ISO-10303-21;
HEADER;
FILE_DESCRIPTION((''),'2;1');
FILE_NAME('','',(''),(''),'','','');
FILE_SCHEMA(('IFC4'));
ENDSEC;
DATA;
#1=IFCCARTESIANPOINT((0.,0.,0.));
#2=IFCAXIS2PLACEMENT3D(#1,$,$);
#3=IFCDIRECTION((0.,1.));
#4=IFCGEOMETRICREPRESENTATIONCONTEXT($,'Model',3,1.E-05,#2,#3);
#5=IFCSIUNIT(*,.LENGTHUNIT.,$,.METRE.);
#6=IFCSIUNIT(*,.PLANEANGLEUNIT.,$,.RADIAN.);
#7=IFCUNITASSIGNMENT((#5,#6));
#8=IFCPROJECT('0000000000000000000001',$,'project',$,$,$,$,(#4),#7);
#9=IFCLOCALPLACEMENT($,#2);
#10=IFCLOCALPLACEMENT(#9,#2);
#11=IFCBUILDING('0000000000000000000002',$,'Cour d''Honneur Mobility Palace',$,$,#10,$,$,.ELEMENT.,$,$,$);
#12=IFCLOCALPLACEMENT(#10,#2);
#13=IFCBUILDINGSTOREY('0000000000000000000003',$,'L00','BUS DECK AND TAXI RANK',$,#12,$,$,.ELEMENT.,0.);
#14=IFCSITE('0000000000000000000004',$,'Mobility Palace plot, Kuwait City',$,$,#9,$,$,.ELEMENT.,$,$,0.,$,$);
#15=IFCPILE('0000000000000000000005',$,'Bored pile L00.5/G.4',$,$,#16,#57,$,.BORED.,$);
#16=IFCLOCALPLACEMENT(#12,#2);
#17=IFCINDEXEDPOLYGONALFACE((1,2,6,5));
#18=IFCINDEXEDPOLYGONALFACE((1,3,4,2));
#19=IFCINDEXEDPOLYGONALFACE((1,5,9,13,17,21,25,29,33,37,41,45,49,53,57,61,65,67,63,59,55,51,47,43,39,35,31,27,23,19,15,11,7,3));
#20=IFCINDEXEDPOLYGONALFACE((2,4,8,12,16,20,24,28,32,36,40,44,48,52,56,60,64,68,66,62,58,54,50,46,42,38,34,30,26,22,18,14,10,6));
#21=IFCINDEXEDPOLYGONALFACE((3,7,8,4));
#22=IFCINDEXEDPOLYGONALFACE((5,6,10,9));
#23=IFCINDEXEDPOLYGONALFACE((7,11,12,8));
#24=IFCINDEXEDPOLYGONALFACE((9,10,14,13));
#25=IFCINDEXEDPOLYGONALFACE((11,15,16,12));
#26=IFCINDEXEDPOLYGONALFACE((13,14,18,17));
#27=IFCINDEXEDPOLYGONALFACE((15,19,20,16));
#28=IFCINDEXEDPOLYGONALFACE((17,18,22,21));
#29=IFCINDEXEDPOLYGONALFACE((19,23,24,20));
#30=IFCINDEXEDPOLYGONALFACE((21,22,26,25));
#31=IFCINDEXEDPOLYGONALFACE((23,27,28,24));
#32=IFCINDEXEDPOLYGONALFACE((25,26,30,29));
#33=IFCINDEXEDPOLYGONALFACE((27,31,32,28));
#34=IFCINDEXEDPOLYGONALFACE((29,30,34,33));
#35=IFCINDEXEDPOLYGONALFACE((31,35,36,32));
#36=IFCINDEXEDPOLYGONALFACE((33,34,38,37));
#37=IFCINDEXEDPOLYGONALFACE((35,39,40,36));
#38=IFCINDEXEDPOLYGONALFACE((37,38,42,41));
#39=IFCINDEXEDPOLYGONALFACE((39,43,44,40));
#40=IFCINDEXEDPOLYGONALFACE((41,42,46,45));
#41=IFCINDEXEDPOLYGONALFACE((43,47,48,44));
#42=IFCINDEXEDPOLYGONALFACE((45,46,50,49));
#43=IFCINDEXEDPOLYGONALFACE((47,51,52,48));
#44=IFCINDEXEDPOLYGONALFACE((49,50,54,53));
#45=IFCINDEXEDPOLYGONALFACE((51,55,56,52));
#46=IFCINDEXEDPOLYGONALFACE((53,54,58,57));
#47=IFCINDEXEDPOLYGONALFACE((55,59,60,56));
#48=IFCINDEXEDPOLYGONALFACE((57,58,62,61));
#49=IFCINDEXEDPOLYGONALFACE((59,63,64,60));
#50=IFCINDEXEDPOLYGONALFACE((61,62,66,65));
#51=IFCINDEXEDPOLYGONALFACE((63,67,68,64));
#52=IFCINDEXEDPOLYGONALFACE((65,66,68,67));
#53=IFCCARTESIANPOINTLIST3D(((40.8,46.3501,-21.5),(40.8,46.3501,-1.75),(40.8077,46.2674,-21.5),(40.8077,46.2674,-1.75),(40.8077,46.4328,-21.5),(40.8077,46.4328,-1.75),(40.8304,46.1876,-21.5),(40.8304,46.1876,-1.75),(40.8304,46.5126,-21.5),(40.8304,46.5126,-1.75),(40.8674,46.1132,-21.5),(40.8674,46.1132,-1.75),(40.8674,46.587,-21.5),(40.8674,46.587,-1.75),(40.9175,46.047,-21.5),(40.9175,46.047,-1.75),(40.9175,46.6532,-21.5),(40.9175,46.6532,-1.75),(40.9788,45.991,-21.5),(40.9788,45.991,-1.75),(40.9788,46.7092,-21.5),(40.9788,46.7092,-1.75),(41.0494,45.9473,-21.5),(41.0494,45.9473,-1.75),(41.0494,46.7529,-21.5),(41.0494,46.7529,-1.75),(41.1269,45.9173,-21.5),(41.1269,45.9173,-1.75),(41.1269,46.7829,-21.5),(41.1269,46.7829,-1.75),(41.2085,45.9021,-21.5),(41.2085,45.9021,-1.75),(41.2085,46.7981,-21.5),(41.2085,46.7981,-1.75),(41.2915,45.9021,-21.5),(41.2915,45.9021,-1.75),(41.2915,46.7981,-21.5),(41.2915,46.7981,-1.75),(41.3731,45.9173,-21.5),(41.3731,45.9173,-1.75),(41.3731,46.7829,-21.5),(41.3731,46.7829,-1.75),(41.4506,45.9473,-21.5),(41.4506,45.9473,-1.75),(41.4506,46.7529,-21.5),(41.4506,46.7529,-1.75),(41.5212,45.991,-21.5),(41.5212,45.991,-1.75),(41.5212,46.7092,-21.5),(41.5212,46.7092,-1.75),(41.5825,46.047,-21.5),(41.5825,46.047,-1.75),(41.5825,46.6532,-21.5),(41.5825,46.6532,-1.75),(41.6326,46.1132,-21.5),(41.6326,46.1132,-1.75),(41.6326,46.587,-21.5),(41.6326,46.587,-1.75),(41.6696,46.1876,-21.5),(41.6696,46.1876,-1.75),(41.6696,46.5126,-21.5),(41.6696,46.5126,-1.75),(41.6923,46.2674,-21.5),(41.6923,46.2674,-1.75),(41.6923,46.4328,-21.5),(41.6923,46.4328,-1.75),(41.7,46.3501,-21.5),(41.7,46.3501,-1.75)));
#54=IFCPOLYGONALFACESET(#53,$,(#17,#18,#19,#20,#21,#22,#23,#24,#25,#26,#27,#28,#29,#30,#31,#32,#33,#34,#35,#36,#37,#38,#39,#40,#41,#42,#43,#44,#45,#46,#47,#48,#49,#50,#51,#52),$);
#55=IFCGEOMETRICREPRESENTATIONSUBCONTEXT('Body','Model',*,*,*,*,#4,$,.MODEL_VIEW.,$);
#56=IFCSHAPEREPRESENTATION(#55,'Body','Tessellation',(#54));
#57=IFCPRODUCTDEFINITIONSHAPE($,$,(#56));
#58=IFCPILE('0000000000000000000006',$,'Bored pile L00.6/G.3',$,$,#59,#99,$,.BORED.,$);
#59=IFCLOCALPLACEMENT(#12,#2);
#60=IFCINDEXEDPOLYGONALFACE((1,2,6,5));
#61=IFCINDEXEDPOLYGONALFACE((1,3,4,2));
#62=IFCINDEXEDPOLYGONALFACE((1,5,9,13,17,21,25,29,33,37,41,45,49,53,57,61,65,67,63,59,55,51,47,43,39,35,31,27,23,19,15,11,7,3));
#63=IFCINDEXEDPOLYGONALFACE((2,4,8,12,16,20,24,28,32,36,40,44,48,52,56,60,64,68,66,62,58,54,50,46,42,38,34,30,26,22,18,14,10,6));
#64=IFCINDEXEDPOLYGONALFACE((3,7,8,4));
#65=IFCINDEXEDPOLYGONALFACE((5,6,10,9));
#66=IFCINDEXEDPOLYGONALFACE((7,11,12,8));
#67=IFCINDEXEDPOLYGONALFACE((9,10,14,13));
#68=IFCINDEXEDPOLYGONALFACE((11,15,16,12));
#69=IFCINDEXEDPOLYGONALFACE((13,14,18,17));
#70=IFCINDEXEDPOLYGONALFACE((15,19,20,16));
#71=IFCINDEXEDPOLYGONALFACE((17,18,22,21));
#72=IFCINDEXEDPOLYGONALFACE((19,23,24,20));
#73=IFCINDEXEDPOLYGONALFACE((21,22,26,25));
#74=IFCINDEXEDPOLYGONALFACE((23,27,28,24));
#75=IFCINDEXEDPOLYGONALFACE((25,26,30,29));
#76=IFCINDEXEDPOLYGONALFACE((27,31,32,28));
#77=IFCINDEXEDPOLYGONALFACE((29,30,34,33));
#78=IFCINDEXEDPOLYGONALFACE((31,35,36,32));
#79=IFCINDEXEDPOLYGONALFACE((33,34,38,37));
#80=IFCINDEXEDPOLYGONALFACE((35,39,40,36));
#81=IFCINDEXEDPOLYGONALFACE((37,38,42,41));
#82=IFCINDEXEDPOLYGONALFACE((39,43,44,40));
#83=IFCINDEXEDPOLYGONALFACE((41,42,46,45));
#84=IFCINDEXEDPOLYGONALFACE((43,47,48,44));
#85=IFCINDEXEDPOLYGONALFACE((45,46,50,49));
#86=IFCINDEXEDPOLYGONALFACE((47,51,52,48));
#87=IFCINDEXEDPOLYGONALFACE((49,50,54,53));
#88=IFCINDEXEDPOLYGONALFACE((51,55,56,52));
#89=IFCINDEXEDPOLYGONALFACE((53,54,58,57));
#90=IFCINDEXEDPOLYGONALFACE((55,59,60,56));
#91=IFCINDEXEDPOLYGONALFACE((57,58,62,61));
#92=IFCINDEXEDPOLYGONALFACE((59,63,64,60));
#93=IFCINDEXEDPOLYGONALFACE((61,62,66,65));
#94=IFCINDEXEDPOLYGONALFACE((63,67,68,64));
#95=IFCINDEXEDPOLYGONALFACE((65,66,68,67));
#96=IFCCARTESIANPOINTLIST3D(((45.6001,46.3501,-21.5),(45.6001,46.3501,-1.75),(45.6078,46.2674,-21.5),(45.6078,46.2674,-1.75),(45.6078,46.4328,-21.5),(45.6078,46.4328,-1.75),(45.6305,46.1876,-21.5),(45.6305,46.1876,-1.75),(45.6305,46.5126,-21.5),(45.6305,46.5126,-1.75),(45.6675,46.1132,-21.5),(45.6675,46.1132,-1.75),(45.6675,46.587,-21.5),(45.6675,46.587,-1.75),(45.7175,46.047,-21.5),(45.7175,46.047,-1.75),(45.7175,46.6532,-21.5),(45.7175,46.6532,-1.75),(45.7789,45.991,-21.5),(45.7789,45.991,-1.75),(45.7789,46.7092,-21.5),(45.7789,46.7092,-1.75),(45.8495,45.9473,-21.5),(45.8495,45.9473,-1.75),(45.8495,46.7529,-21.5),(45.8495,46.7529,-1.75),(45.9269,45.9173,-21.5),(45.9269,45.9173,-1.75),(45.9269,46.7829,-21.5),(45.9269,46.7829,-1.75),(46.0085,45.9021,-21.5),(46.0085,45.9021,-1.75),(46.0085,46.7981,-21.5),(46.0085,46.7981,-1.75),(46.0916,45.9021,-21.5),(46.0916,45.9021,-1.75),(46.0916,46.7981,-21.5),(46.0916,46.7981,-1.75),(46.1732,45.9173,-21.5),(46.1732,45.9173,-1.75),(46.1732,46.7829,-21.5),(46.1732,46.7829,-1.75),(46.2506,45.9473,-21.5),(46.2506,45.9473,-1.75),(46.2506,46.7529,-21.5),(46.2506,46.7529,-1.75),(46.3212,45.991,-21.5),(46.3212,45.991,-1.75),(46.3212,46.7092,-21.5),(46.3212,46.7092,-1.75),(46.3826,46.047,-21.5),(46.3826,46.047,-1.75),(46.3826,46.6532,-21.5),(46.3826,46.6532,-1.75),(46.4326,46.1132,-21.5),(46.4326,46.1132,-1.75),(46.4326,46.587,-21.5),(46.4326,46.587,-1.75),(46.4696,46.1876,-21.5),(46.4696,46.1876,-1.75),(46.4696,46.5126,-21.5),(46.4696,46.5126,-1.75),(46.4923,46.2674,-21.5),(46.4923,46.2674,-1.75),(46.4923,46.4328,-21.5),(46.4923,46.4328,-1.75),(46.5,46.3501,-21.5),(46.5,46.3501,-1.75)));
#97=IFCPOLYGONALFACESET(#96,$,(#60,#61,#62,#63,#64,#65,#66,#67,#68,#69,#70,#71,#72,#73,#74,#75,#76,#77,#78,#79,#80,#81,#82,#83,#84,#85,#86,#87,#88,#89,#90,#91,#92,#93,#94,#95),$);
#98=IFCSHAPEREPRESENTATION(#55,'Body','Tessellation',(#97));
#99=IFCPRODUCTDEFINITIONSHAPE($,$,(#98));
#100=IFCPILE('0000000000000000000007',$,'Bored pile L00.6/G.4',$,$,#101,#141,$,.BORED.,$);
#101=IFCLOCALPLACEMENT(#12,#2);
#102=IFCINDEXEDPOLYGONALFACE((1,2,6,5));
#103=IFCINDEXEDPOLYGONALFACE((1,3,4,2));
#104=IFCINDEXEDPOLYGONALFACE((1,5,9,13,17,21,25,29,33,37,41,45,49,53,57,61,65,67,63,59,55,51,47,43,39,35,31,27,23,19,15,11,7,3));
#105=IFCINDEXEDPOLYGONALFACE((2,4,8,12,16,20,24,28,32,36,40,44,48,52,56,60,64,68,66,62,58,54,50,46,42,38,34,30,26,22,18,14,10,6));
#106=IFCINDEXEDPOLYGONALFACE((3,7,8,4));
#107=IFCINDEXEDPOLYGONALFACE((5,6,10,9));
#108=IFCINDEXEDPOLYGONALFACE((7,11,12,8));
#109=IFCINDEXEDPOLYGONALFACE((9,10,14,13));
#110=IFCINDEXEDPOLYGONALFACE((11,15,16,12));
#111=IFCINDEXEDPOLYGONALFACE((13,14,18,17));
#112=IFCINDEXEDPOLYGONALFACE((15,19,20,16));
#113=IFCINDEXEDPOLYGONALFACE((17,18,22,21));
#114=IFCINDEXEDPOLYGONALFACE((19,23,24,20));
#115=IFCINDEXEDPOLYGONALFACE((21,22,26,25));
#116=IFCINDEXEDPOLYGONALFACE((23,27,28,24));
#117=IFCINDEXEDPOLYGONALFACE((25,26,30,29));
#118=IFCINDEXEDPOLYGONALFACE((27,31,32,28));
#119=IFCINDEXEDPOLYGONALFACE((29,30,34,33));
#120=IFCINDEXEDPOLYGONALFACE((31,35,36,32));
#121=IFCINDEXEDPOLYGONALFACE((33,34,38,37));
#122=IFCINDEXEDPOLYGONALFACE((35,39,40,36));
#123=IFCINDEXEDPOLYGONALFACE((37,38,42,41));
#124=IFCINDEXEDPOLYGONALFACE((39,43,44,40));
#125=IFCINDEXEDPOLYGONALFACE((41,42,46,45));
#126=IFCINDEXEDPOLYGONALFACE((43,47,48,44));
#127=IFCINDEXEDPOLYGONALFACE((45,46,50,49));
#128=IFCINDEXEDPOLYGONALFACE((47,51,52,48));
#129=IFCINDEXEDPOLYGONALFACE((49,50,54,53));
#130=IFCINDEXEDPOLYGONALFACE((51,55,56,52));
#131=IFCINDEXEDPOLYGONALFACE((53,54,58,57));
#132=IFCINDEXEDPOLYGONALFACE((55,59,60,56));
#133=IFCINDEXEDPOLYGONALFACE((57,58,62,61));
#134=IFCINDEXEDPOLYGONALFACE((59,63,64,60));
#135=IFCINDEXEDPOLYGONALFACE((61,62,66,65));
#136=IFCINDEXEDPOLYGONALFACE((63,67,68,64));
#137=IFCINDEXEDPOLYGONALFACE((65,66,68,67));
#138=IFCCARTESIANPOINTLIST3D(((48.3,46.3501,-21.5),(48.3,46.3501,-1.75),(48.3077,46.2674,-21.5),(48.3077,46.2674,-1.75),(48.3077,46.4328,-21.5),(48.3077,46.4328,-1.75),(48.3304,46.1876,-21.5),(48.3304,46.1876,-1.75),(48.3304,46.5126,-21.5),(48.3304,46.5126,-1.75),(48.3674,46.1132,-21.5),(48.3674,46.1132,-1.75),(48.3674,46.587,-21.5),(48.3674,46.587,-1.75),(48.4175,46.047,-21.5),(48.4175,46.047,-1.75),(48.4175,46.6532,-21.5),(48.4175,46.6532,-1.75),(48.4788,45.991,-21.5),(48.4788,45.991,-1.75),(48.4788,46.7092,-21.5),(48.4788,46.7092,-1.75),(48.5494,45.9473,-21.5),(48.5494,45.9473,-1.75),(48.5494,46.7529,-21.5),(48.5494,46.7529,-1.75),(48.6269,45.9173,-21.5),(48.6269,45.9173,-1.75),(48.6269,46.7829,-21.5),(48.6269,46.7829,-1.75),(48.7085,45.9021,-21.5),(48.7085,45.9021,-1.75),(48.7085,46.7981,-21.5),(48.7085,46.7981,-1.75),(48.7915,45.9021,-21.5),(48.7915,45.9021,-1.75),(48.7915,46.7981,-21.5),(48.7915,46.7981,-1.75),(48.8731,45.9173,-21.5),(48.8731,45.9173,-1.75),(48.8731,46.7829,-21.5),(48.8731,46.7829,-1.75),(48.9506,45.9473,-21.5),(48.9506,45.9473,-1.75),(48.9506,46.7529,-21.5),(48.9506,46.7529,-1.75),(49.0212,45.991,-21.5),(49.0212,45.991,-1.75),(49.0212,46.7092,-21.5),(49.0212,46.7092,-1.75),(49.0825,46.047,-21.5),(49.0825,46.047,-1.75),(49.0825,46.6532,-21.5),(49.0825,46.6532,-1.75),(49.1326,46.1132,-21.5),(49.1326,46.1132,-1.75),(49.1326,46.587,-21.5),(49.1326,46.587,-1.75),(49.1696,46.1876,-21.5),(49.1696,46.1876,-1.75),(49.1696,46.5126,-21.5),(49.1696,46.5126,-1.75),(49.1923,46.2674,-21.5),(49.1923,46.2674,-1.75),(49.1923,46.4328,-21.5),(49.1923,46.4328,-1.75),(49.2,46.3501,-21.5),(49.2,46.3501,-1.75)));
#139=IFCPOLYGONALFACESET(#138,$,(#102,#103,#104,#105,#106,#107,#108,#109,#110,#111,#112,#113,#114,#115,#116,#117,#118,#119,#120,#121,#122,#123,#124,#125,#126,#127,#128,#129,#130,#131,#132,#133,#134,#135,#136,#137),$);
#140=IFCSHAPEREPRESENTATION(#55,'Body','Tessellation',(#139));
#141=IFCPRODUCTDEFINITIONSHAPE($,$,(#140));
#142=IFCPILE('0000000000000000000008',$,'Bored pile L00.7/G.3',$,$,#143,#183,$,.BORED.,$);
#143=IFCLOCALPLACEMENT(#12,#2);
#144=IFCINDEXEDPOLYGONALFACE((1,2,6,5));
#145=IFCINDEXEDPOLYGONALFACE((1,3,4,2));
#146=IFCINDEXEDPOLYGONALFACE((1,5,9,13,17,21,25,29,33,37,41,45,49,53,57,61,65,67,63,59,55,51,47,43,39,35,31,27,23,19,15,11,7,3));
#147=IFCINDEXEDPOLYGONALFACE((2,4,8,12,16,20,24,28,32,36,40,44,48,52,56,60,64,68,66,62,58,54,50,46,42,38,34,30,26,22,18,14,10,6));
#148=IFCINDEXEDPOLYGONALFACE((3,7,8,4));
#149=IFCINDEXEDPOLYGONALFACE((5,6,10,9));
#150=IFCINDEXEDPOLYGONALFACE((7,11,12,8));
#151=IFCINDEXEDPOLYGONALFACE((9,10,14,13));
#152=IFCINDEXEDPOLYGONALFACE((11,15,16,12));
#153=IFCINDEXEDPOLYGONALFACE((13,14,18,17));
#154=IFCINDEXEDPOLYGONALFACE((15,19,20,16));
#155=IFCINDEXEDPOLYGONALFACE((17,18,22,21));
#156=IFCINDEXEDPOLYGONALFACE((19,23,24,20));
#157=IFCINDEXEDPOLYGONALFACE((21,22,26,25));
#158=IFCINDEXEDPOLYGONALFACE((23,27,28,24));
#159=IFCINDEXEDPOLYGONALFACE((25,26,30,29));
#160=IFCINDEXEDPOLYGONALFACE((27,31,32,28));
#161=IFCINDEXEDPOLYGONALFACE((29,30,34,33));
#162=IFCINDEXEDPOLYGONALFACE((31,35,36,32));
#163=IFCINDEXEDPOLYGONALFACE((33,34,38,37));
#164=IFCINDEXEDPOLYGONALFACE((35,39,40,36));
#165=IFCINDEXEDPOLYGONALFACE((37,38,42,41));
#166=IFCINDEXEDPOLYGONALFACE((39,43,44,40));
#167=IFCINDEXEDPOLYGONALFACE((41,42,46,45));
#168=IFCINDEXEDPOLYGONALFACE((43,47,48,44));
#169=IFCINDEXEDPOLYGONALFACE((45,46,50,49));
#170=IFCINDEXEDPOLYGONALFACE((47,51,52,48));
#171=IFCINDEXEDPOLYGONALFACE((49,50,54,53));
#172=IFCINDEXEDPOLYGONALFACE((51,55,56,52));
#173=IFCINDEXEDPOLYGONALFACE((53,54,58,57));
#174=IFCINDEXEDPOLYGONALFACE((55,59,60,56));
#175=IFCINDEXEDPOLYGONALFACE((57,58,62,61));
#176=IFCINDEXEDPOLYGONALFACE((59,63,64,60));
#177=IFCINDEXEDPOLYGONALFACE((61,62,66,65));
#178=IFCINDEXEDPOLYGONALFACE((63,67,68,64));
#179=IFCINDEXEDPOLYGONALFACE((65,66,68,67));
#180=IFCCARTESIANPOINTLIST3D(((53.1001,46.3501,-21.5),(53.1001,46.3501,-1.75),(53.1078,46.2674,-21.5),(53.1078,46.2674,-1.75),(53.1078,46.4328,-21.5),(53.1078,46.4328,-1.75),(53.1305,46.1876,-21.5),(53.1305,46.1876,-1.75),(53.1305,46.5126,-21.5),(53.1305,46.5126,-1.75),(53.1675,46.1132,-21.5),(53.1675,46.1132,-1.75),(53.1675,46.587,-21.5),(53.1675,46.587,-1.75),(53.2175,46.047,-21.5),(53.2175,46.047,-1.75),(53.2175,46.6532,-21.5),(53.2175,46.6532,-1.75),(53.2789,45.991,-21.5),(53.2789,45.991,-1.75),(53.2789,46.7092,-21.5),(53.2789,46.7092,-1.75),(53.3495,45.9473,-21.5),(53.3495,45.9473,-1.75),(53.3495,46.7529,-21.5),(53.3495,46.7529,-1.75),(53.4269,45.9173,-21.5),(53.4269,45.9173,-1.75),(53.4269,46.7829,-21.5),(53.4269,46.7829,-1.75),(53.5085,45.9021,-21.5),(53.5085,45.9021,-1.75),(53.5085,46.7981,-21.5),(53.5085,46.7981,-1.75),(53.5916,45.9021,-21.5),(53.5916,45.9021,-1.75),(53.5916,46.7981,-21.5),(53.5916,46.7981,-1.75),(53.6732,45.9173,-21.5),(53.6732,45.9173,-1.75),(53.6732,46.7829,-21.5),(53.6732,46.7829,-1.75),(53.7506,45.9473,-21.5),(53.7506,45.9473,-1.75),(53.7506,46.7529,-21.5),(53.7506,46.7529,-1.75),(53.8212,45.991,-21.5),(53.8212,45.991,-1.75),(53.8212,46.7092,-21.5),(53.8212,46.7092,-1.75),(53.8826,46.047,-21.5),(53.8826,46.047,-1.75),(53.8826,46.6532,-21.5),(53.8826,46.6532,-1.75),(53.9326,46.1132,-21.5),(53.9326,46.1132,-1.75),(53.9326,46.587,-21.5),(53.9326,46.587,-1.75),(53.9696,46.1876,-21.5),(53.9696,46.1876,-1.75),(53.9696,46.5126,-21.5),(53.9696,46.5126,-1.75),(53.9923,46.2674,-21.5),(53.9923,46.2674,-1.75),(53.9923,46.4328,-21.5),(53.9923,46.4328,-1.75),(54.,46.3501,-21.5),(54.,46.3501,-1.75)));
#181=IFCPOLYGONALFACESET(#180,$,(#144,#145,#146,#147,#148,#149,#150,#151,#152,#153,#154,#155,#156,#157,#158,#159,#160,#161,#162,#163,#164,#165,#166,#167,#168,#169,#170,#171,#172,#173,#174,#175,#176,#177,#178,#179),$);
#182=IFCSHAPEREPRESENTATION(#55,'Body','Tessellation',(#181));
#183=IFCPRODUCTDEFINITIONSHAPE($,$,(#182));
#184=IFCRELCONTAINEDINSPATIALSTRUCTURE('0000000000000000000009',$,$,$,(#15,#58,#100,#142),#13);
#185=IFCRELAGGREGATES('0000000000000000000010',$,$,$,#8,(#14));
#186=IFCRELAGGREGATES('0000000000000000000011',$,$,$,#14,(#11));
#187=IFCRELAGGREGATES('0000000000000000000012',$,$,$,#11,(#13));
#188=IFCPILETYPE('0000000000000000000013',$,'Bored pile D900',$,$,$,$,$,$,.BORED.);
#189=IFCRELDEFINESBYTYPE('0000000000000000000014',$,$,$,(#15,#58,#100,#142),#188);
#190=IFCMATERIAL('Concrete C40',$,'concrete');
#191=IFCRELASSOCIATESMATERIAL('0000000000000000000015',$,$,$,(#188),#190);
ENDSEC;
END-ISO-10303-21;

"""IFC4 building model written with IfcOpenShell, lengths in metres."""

from ifc_helpers import new_model, si_unit, direction, frame, origin, origin_2d, place, context, subcontext, project, spatial, circle, extrude, material, material_profile, profile_set, type_object, element, save


model = new_model("IFC4")

# Units and contexts
model_context = context("Model", 3, precision=1e-05, world=origin(), true_north=direction((0.0, 1.0)))
body_context = subcontext(model_context, "Body", "Model", "MODEL_VIEW")
ifc_project = project(units=[si_unit("LENGTHUNIT", "METRE"), si_unit("PLANEANGLEUNIT", "RADIAN")], contexts=[model_context])

# Site, building, storey
site_placement = place(None, origin())
site = spatial("IfcSite", under=ifc_project, at=site_placement, Name="Mobility Palace plot, Kuwait City", CompositionType="ELEMENT", RefElevation=0.0)
building_placement = place(site_placement, origin())
building = spatial("IfcBuilding", under=site, at=building_placement, Name="Cour d'Honneur Mobility Palace", CompositionType="ELEMENT")
storey_placement = place(building_placement, origin())
storey = spatial("IfcBuildingStorey", under=building, at=storey_placement, Name="L00", Description="BUS DECK AND TAXI RANK", CompositionType="ELEMENT", Elevation=0.0)

# Piles
ifc_material_1 = material(Name="Concrete C40", Category="concrete")
ifc_material_profile = material_profile(ifc_material_1, circle(Radius=0.45, at=origin_2d()), Name="Bored pile D900")
ifc_profile_set = profile_set([ifc_material_profile], Name="Concrete C40")
pile_type = type_object("IfcPileType", Name="Bored pile D900", PredefinedType="BORED", material=ifc_profile_set)
for number, where, z_axis, x_axis, name in (
    (1, (41.25, 46.3501, -1.75), (0.0, 0.0, -1.0), (1.0, 0.0, 0.0), "Bored pile L00.5/G.4"),
    (2, (46.05, 46.3501, -1.75), (0.0, 0.0, -1.0), (1.0, 0.0, 0.0), "Bored pile L00.6/G.3"),
    (3, (48.75, 46.3501, -1.75), (0.0, 0.0, -1.0), (1.0, 0.0, 0.0), "Bored pile L00.6/G.4"),
    (4, (53.55, 46.3501, -1.75), (0.0, 0.0, -1.0), (1.0, 0.0, 0.0), "Bored pile L00.7/G.3"),
):
    element("IfcPile", number, at=place(storey_placement, frame(where, z_axis=z_axis, x_axis=x_axis)), inside=storey, type_object=pile_type, Name=name, PredefinedType="BORED", context=body_context, shape_type="SweptSolid", body=[
        extrude(circle(Radius=0.45, at=origin_2d()), origin(), (0.0, 0.0, 1.0), 19.75),
    ])

save(model, "model.ifc")
